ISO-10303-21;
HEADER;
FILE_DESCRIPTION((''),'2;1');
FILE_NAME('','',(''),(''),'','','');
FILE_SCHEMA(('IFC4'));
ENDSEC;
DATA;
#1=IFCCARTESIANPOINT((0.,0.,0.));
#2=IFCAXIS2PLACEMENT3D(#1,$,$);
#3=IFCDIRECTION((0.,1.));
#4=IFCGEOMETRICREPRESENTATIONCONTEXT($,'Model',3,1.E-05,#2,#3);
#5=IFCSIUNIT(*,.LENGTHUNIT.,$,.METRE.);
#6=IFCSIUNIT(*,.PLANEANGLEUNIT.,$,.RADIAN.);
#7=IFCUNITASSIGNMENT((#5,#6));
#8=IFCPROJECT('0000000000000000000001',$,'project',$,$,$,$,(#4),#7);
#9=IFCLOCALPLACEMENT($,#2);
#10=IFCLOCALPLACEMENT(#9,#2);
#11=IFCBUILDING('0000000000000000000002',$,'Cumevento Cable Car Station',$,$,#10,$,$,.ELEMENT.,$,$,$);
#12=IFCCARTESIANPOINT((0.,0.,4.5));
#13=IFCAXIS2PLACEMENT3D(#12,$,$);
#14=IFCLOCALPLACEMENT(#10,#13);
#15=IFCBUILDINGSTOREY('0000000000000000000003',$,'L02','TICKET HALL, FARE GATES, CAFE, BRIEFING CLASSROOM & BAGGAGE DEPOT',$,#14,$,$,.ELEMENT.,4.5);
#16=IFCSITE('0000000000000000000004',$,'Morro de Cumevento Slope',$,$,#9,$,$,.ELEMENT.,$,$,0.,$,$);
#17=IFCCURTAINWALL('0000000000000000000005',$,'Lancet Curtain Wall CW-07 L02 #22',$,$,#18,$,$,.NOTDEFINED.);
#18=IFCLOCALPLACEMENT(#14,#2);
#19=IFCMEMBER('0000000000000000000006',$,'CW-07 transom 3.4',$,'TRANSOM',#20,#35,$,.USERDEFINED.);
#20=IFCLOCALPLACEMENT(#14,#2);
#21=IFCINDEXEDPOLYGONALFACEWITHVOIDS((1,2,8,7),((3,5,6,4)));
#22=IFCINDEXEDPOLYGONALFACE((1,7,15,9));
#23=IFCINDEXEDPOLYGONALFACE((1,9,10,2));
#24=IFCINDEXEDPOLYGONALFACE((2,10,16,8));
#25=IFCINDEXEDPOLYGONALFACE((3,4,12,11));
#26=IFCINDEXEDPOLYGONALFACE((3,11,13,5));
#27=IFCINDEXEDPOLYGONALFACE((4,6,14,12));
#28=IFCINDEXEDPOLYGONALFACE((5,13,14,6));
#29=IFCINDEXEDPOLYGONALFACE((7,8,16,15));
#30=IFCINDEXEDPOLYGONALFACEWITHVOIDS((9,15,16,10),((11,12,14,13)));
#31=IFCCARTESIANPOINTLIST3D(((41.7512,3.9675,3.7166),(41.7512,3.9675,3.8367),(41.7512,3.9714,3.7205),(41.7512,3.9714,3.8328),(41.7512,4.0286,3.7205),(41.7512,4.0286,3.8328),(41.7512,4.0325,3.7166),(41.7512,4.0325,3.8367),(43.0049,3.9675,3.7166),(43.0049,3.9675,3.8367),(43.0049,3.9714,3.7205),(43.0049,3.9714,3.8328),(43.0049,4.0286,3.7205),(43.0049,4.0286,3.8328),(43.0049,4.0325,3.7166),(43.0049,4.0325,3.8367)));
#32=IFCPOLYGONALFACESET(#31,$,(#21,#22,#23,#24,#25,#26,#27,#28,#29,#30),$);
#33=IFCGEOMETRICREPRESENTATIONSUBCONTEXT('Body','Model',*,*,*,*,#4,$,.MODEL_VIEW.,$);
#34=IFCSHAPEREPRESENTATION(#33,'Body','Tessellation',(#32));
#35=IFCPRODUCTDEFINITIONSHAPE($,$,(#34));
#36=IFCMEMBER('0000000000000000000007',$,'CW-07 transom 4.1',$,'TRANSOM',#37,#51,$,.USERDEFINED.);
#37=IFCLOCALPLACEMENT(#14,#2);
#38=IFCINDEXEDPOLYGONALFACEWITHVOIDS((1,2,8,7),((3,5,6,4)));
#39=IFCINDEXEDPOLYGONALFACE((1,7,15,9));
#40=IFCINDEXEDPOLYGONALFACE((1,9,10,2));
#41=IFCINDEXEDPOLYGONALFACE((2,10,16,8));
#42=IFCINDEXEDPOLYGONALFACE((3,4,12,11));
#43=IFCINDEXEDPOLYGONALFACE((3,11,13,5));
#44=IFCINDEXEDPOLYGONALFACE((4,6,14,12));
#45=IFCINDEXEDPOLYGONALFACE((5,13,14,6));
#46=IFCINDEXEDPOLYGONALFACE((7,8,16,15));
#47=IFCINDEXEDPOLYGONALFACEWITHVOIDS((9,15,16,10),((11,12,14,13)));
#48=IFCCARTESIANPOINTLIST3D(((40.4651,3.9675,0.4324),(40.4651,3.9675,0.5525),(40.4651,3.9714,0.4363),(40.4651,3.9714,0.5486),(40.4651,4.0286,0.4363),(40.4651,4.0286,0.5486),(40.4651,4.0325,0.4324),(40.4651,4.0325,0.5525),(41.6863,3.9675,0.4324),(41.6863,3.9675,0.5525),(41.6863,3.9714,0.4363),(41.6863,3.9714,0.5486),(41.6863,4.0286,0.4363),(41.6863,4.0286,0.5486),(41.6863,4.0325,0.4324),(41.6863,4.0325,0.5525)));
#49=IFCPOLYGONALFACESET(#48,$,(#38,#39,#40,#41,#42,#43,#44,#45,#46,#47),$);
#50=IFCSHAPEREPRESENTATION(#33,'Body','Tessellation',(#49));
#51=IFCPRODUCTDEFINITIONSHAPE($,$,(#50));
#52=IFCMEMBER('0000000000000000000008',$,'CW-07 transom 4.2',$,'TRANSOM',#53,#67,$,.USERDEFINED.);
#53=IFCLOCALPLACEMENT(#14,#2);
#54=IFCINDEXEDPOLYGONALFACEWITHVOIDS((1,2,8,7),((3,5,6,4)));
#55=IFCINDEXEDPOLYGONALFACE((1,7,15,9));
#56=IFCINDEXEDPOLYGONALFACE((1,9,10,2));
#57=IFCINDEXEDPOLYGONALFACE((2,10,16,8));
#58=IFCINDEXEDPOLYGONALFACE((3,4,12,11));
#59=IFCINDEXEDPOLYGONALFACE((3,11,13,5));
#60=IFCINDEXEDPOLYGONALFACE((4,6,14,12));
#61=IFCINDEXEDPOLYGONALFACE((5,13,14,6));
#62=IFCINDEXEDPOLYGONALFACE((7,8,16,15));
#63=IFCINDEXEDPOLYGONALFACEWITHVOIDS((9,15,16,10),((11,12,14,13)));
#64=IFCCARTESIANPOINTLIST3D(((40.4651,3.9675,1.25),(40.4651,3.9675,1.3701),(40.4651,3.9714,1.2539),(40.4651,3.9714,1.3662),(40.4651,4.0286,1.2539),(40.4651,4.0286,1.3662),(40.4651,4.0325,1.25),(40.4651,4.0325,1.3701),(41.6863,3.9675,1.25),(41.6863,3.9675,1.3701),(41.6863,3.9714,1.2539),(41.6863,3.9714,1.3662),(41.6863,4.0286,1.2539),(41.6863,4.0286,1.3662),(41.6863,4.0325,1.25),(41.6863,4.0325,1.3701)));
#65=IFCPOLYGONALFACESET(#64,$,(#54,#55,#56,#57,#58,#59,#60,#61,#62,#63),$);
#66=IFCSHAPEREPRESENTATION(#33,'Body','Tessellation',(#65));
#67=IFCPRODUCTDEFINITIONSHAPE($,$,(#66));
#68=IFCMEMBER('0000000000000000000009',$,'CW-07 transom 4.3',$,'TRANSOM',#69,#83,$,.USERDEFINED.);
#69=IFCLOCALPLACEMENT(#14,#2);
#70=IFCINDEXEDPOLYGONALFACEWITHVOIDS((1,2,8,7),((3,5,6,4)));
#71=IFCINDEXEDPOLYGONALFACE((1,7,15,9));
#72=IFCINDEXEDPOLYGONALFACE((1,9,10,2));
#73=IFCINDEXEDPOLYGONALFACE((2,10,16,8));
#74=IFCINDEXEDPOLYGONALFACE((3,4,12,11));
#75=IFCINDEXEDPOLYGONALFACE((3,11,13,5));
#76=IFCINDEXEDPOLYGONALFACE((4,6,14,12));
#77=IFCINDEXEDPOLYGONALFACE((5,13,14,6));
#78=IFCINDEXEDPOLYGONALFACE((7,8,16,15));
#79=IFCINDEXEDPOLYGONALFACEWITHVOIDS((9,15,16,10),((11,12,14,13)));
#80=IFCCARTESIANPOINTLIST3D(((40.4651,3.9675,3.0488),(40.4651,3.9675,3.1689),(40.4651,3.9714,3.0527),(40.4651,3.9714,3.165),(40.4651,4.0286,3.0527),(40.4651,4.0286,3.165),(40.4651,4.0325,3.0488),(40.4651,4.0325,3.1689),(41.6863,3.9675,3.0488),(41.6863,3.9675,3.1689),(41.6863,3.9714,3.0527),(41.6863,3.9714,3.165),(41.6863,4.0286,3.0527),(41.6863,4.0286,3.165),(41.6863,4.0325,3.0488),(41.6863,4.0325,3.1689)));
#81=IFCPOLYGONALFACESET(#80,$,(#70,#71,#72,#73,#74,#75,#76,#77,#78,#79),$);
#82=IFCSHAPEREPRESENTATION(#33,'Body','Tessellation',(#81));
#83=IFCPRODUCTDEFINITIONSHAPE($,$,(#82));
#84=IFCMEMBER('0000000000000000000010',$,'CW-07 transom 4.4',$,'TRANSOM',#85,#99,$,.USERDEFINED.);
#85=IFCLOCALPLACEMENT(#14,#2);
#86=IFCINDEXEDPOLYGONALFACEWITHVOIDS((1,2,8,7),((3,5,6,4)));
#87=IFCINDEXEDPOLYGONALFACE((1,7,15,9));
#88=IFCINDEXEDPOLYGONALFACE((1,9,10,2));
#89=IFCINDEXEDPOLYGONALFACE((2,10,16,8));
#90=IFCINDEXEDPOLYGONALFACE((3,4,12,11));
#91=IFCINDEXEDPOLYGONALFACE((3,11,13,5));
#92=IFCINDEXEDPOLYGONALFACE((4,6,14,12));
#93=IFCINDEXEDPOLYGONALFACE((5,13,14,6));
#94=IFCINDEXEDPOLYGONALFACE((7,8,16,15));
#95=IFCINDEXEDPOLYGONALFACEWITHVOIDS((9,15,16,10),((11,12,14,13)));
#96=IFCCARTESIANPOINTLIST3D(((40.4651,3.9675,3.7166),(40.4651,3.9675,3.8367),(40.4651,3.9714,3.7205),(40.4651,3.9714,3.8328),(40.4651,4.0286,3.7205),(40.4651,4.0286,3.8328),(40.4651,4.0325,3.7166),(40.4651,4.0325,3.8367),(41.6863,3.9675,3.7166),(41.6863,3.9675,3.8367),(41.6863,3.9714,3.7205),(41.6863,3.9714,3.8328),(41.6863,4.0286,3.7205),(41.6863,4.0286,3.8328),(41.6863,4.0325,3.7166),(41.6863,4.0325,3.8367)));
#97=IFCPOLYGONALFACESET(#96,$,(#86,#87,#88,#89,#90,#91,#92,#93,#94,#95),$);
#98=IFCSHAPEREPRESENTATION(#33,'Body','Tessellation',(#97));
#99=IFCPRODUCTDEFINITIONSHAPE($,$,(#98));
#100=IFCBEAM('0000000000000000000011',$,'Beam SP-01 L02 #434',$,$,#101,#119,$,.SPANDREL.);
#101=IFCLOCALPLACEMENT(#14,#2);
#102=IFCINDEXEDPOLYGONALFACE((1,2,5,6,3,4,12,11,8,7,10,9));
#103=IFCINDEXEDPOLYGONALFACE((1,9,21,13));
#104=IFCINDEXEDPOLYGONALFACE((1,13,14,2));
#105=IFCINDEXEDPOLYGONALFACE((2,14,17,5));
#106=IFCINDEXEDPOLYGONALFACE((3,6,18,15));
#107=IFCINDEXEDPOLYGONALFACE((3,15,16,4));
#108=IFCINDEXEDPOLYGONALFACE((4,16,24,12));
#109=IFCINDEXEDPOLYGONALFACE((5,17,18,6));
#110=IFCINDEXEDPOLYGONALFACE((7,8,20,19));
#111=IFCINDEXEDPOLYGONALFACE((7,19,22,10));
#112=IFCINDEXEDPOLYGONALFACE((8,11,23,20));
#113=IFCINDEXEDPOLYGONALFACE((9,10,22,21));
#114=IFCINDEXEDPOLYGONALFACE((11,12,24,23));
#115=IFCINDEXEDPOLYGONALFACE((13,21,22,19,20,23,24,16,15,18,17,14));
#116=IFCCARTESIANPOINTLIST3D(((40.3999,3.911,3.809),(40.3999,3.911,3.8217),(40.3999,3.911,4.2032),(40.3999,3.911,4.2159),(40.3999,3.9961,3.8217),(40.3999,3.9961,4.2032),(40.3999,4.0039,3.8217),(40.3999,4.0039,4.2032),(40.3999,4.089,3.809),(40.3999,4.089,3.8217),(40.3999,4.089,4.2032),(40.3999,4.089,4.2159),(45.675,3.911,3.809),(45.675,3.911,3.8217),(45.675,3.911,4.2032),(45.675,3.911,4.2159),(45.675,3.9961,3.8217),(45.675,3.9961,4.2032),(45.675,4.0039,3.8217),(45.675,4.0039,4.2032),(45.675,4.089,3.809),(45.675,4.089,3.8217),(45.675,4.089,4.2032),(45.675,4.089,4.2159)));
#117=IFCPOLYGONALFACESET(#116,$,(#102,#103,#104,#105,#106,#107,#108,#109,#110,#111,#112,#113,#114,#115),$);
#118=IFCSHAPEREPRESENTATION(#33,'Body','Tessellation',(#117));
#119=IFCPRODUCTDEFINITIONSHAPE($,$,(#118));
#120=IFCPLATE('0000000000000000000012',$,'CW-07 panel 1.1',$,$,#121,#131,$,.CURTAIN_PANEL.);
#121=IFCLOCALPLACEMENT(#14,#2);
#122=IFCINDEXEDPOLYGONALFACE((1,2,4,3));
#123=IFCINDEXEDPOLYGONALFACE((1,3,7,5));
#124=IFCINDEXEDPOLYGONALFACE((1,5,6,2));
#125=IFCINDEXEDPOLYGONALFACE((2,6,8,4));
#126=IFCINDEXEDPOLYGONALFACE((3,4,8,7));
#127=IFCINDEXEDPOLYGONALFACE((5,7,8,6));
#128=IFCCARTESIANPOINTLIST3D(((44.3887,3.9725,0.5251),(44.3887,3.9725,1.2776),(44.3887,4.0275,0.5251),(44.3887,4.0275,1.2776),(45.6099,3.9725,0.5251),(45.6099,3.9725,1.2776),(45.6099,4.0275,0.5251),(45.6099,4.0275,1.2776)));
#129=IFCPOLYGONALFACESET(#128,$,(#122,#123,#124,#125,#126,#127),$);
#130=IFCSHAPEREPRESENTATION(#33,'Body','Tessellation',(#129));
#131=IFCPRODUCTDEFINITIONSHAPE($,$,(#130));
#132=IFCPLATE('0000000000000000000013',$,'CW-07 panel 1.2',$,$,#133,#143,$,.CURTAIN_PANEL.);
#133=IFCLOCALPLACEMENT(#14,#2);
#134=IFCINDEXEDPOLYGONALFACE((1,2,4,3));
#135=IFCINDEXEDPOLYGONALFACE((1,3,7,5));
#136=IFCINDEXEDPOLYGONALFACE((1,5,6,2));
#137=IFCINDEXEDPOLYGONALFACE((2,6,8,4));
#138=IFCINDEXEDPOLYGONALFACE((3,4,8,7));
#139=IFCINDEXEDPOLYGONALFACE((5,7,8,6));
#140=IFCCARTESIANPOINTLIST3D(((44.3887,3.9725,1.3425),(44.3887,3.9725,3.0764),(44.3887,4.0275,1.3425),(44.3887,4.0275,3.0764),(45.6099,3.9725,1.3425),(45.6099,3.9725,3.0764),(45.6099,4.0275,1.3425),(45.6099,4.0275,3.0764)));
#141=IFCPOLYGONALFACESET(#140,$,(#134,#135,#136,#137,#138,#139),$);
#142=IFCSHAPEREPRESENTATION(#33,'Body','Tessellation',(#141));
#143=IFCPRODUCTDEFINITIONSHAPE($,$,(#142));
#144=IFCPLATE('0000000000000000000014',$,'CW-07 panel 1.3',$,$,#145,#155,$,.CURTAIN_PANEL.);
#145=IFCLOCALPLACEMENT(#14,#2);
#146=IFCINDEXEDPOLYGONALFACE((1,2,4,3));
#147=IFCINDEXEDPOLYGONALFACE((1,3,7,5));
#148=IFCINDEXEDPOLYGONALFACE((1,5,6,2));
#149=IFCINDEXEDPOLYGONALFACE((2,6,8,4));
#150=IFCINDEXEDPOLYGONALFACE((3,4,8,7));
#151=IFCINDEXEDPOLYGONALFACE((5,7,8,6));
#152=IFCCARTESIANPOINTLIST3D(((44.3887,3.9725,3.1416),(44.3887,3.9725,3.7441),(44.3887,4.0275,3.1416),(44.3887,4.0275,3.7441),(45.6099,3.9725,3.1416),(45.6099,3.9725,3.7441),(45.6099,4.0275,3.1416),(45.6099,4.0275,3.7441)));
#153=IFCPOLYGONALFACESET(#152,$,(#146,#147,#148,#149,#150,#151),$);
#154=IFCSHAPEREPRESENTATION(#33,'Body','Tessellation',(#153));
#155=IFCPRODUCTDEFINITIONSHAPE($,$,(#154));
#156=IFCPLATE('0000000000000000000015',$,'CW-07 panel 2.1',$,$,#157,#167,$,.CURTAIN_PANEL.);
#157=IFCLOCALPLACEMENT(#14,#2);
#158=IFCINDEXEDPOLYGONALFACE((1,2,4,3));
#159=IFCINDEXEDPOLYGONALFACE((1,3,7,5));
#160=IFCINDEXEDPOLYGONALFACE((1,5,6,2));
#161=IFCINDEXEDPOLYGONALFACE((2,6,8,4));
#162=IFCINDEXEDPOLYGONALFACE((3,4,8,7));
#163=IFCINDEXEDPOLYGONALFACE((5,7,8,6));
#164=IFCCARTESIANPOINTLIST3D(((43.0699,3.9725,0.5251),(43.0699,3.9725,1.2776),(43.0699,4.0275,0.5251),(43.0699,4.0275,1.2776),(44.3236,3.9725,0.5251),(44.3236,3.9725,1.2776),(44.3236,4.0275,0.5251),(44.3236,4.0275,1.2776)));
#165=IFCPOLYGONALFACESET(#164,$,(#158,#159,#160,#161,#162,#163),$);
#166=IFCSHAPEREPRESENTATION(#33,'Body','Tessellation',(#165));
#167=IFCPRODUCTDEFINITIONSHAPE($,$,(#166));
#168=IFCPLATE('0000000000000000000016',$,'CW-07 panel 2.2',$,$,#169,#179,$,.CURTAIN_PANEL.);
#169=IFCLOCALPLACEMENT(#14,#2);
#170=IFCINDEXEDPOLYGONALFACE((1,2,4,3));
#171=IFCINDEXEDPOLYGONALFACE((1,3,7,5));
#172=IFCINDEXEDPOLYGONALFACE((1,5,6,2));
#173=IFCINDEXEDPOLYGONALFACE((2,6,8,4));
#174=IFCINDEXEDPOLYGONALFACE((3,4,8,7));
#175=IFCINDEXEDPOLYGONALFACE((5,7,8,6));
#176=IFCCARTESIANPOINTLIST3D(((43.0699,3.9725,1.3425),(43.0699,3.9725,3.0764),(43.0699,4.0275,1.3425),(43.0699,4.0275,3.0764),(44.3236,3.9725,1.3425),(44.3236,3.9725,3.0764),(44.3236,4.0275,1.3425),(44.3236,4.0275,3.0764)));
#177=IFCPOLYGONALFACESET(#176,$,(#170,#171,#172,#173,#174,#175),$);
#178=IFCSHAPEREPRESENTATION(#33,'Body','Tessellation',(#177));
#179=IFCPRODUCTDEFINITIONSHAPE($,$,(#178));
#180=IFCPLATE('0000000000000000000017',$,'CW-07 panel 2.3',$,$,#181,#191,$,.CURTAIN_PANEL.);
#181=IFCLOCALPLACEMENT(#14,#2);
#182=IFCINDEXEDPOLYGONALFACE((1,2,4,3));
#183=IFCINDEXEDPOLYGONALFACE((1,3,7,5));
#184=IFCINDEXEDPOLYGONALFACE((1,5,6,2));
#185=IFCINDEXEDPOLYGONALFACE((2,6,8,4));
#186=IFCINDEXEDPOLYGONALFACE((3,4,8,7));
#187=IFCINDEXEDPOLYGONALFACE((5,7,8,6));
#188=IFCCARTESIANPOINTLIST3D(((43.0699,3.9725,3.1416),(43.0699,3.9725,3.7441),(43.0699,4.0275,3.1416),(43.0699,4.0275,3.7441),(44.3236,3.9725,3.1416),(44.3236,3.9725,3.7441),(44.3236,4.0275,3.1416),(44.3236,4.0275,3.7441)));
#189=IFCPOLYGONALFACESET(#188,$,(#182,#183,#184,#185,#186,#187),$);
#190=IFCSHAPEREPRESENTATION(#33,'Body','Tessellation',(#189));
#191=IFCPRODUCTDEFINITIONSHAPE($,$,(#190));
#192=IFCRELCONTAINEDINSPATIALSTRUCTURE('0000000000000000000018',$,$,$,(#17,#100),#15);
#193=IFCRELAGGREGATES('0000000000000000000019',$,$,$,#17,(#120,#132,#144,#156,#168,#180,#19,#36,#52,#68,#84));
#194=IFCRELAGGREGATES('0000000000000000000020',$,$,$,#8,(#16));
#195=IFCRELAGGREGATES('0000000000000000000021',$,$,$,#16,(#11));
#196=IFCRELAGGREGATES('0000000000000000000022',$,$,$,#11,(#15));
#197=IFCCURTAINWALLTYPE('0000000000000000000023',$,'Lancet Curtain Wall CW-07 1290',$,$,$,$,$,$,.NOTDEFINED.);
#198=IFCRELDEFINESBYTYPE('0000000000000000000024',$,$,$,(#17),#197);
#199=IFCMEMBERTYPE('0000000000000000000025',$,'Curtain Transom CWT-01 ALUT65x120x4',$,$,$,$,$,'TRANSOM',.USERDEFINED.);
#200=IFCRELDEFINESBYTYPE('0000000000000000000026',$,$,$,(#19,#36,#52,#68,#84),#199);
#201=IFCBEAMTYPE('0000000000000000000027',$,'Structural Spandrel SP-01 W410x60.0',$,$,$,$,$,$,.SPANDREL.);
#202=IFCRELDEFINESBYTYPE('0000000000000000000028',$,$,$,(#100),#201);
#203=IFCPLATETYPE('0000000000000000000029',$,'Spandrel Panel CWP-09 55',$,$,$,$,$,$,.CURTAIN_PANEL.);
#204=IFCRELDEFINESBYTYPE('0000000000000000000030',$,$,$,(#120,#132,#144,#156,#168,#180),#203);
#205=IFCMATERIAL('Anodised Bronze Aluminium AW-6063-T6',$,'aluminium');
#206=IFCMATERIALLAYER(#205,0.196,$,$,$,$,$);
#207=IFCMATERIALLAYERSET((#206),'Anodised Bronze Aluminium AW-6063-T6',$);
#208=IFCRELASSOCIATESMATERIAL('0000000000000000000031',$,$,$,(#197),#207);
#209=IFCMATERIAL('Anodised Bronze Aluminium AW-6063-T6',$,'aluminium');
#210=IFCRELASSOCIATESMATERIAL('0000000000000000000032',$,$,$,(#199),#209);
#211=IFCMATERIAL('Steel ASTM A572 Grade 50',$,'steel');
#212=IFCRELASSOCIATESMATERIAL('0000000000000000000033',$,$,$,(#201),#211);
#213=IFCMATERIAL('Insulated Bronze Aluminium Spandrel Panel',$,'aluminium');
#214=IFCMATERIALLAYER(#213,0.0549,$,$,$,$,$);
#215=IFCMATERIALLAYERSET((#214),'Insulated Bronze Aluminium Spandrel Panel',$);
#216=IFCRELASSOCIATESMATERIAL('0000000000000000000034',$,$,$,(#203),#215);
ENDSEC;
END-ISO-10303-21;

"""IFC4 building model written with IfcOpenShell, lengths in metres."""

from ifc_helpers import new_model, si_unit, direction, frame, origin, origin_2d, place, context, subcontext, project, spatial, rectangle, hollow_rectangle, i_section, extrude, material, layer, layer_set, material_profile, profile_set, type_object, element, aggregate, save


model = new_model("IFC4")

# Units and contexts
model_context = context("Model", 3, precision=1e-05, world=origin(), true_north=direction((0.0, 1.0)))
body_context = subcontext(model_context, "Body", "Model", "MODEL_VIEW")
ifc_project = project(units=[si_unit("LENGTHUNIT", "METRE"), si_unit("PLANEANGLEUNIT", "RADIAN")], contexts=[model_context])

# Site, building, storey
site_placement = place(None, origin())
site = spatial("IfcSite", under=ifc_project, at=site_placement, Name="Morro de Cumevento Slope", CompositionType="ELEMENT", RefElevation=0.0)
building_placement = place(site_placement, origin())
building = spatial("IfcBuilding", under=site, at=building_placement, Name="Cumevento Cable Car Station", CompositionType="ELEMENT")
storey_placement = place(building_placement, frame((0.0, 0.0, 4.5)))
storey = spatial("IfcBuildingStorey", under=building, at=storey_placement, Name="L02", Description="TICKET HALL, FARE GATES, CAFE, BRIEFING CLASSROOM & BAGGAGE DEPOT", CompositionType="ELEMENT", Elevation=4.5)

# Curtain wall, members
ifc_material_1 = material(Name="Anodised Bronze Aluminium AW-6063-T6", Category="aluminium")
ifc_layer_1 = layer(ifc_material_1, 0.196)
ifc_layer_set_1 = layer_set([ifc_layer_1], Name="Anodised Bronze Aluminium AW-6063-T6")
curtain_wall_type = type_object("IfcCurtainWallType", Name="Lancet Curtain Wall CW-07 1290", PredefinedType="NOTDEFINED", material=ifc_layer_set_1)
curtain_wall_placement = place(storey_placement, origin())
curtain_wall = element("IfcCurtainWall", 1, at=curtain_wall_placement, inside=storey, type_object=curtain_wall_type, Name="Lancet Curtain Wall CW-07 L02 #22", PredefinedType="NOTDEFINED")
ifc_material_2 = material(Name="Anodised Bronze Aluminium AW-6063-T6", Category="aluminium")
ifc_material_profile_1 = material_profile(ifc_material_2, hollow_rectangle(XDim=0.0649, YDim=0.1201, WallThickness=0.0039, at=origin_2d()), Name="ALUT65x120x4")
ifc_profile_set_1 = profile_set([ifc_material_profile_1], Name="Anodised Bronze Aluminium AW-6063-T6")
member_type_1 = type_object("IfcMemberType", Name="Curtain Transom CWT-01 ALUT65x120x4", ElementType="TRANSOM", PredefinedType="USERDEFINED", material=ifc_profile_set_1)
member_1_placement = place(storey_placement, frame((43.0049, 4.0, 3.7766), z_axis=(-1.0, 0.0, 0.0), x_axis=(0.0, -1.0, 0.0)))
member_1 = element("IfcMember", 2, at=member_1_placement, type_object=member_type_1, Name="CW-07 transom 3.4", ObjectType="TRANSOM", PredefinedType="USERDEFINED", context=body_context, shape_type="SweptSolid", body=[
    extrude(hollow_rectangle(XDim=0.0649, YDim=0.1201, WallThickness=0.0039, at=origin_2d()), origin(), (0.0, 0.0, 1.0), 1.2537),
])
member_2_placement = place(storey_placement, frame((41.6863, 4.0, 0.4924), z_axis=(-1.0, 0.0, 0.0), x_axis=(0.0, -1.0, 0.0)))
member_2 = element("IfcMember", 3, at=member_2_placement, type_object=member_type_1, Name="CW-07 transom 4.1", ObjectType="TRANSOM", PredefinedType="USERDEFINED", context=body_context, shape_type="SweptSolid", body=[
    extrude(hollow_rectangle(XDim=0.0649, YDim=0.1201, WallThickness=0.0039, at=origin_2d()), origin(), (0.0, 0.0, 1.0), 1.2212),
])
member_3_placement = place(storey_placement, frame((41.6863, 4.0, 1.3101), z_axis=(-1.0, 0.0, 0.0), x_axis=(0.0, -1.0, 0.0)))
member_3 = element("IfcMember", 4, at=member_3_placement, type_object=member_type_1, Name="CW-07 transom 4.2", ObjectType="TRANSOM", PredefinedType="USERDEFINED", context=body_context, shape_type="SweptSolid", body=[
    extrude(hollow_rectangle(XDim=0.0649, YDim=0.1201, WallThickness=0.0039, at=origin_2d()), origin(), (0.0, 0.0, 1.0), 1.2212),
])
member_4_placement = place(storey_placement, frame((41.6863, 4.0, 3.1089), z_axis=(-1.0, 0.0, 0.0), x_axis=(0.0, -1.0, 0.0)))
member_4 = element("IfcMember", 5, at=member_4_placement, type_object=member_type_1, Name="CW-07 transom 4.3", ObjectType="TRANSOM", PredefinedType="USERDEFINED", context=body_context, shape_type="SweptSolid", body=[
    extrude(hollow_rectangle(XDim=0.0649, YDim=0.1201, WallThickness=0.0039, at=origin_2d()), origin(), (0.0, 0.0, 1.0), 1.2212),
])
member_5_placement = place(storey_placement, frame((41.6863, 4.0, 3.7766), z_axis=(-1.0, 0.0, 0.0), x_axis=(0.0, -1.0, 0.0)))
member_5 = element("IfcMember", 6, at=member_5_placement, type_object=member_type_1, Name="CW-07 transom 4.4", ObjectType="TRANSOM", PredefinedType="USERDEFINED", context=body_context, shape_type="SweptSolid", body=[
    extrude(hollow_rectangle(XDim=0.0649, YDim=0.1201, WallThickness=0.0039, at=origin_2d()), origin(), (0.0, 0.0, 1.0), 1.2212),
])

# Beam
ifc_material_3 = material(Name="Steel ASTM A572 Grade 50", Category="steel")
ifc_material_profile_2 = material_profile(ifc_material_3, i_section(OverallWidth=0.178, OverallDepth=0.407, WebThickness=0.0078, FlangeThickness=0.0127, at=origin_2d()), Name="W410x60.0")
ifc_profile_set_2 = profile_set([ifc_material_profile_2], Name="Steel ASTM A572 Grade 50")
beam_type = type_object("IfcBeamType", Name="Structural Spandrel SP-01 W410x60.0", PredefinedType="SPANDREL", material=ifc_profile_set_2)
beam_placement = place(storey_placement, frame((40.3999, 4.0, 4.0125), z_axis=(1.0, 0.0, 0.0), x_axis=(0.0, 1.0, 0.0)))
element("IfcBeam", 7, at=beam_placement, inside=storey, type_object=beam_type, Name="Beam SP-01 L02 #434", PredefinedType="SPANDREL", context=body_context, shape_type="SweptSolid", body=[
    extrude(i_section(OverallWidth=0.178, OverallDepth=0.407, WebThickness=0.0078, FlangeThickness=0.0127, at=origin_2d()), origin(), (0.0, 0.0, 1.0), 5.2751),
])

# Plates
ifc_material_4 = material(Name="Insulated Bronze Aluminium Spandrel Panel", Category="aluminium")
ifc_layer_2 = layer(ifc_material_4, 0.0549)
ifc_layer_set_2 = layer_set([ifc_layer_2], Name="Insulated Bronze Aluminium Spandrel Panel")
plate_type = type_object("IfcPlateType", Name="Spandrel Panel CWP-09 55", PredefinedType="CURTAIN_PANEL", material=ifc_layer_set_2)
plate_1_placement = place(storey_placement, frame((44.9993, 4.0, 0.5251), z_axis=(0.0, 0.0, 1.0), x_axis=(-1.0, 0.0, 0.0)))
plate_1 = element("IfcPlate", 8, at=plate_1_placement, type_object=plate_type, Name="CW-07 panel 1.1", PredefinedType="CURTAIN_PANEL", context=body_context, shape_type="SweptSolid", body=[
    extrude(rectangle(XDim=1.2212, YDim=0.0549, at=origin_2d()), origin(), (0.0, 0.0, 1.0), 0.7524),
])
plate_2_placement = place(storey_placement, frame((44.9993, 4.0, 1.3425), z_axis=(0.0, 0.0, 1.0), x_axis=(-1.0, 0.0, 0.0)))
plate_2 = element("IfcPlate", 9, at=plate_2_placement, type_object=plate_type, Name="CW-07 panel 1.2", PredefinedType="CURTAIN_PANEL", context=body_context, shape_type="SweptSolid", body=[
    extrude(rectangle(XDim=1.2212, YDim=0.0549, at=origin_2d()), origin(), (0.0, 0.0, 1.0), 1.7339),
])
plate_3_placement = place(storey_placement, frame((44.9993, 4.0, 3.1416), z_axis=(0.0, 0.0, 1.0), x_axis=(-1.0, 0.0, 0.0)))
plate_3 = element("IfcPlate", 10, at=plate_3_placement, type_object=plate_type, Name="CW-07 panel 1.3", PredefinedType="CURTAIN_PANEL", context=body_context, shape_type="SweptSolid", body=[
    extrude(rectangle(XDim=1.2212, YDim=0.0549, at=origin_2d()), origin(), (0.0, 0.0, 1.0), 0.6025),
])
plate_4_placement = place(storey_placement, frame((43.6968, 4.0, 0.5251), z_axis=(0.0, 0.0, 1.0), x_axis=(-1.0, 0.0, 0.0)))
plate_4 = element("IfcPlate", 11, at=plate_4_placement, type_object=plate_type, Name="CW-07 panel 2.1", PredefinedType="CURTAIN_PANEL", context=body_context, shape_type="SweptSolid", body=[
    extrude(rectangle(XDim=1.2537, YDim=0.0549, at=origin_2d()), origin(), (0.0, 0.0, 1.0), 0.7524),
])
plate_5_placement = place(storey_placement, frame((43.6968, 4.0, 1.3425), z_axis=(0.0, 0.0, 1.0), x_axis=(-1.0, 0.0, 0.0)))
plate_5 = element("IfcPlate", 12, at=plate_5_placement, type_object=plate_type, Name="CW-07 panel 2.2", PredefinedType="CURTAIN_PANEL", context=body_context, shape_type="SweptSolid", body=[
    extrude(rectangle(XDim=1.2537, YDim=0.0549, at=origin_2d()), origin(), (0.0, 0.0, 1.0), 1.7339),
])
plate_6_placement = place(storey_placement, frame((43.6968, 4.0, 3.1416), z_axis=(0.0, 0.0, 1.0), x_axis=(-1.0, 0.0, 0.0)))
plate_6 = element("IfcPlate", 13, at=plate_6_placement, type_object=plate_type, Name="CW-07 panel 2.3", PredefinedType="CURTAIN_PANEL", context=body_context, shape_type="SweptSolid", body=[
    extrude(rectangle(XDim=1.2537, YDim=0.0549, at=origin_2d()), origin(), (0.0, 0.0, 1.0), 0.6025),
])
aggregate(curtain_wall, [plate_1, plate_2, plate_3, plate_4, plate_5, plate_6, member_1, member_2, member_3, member_4, member_5])

save(model, "model.ifc")
